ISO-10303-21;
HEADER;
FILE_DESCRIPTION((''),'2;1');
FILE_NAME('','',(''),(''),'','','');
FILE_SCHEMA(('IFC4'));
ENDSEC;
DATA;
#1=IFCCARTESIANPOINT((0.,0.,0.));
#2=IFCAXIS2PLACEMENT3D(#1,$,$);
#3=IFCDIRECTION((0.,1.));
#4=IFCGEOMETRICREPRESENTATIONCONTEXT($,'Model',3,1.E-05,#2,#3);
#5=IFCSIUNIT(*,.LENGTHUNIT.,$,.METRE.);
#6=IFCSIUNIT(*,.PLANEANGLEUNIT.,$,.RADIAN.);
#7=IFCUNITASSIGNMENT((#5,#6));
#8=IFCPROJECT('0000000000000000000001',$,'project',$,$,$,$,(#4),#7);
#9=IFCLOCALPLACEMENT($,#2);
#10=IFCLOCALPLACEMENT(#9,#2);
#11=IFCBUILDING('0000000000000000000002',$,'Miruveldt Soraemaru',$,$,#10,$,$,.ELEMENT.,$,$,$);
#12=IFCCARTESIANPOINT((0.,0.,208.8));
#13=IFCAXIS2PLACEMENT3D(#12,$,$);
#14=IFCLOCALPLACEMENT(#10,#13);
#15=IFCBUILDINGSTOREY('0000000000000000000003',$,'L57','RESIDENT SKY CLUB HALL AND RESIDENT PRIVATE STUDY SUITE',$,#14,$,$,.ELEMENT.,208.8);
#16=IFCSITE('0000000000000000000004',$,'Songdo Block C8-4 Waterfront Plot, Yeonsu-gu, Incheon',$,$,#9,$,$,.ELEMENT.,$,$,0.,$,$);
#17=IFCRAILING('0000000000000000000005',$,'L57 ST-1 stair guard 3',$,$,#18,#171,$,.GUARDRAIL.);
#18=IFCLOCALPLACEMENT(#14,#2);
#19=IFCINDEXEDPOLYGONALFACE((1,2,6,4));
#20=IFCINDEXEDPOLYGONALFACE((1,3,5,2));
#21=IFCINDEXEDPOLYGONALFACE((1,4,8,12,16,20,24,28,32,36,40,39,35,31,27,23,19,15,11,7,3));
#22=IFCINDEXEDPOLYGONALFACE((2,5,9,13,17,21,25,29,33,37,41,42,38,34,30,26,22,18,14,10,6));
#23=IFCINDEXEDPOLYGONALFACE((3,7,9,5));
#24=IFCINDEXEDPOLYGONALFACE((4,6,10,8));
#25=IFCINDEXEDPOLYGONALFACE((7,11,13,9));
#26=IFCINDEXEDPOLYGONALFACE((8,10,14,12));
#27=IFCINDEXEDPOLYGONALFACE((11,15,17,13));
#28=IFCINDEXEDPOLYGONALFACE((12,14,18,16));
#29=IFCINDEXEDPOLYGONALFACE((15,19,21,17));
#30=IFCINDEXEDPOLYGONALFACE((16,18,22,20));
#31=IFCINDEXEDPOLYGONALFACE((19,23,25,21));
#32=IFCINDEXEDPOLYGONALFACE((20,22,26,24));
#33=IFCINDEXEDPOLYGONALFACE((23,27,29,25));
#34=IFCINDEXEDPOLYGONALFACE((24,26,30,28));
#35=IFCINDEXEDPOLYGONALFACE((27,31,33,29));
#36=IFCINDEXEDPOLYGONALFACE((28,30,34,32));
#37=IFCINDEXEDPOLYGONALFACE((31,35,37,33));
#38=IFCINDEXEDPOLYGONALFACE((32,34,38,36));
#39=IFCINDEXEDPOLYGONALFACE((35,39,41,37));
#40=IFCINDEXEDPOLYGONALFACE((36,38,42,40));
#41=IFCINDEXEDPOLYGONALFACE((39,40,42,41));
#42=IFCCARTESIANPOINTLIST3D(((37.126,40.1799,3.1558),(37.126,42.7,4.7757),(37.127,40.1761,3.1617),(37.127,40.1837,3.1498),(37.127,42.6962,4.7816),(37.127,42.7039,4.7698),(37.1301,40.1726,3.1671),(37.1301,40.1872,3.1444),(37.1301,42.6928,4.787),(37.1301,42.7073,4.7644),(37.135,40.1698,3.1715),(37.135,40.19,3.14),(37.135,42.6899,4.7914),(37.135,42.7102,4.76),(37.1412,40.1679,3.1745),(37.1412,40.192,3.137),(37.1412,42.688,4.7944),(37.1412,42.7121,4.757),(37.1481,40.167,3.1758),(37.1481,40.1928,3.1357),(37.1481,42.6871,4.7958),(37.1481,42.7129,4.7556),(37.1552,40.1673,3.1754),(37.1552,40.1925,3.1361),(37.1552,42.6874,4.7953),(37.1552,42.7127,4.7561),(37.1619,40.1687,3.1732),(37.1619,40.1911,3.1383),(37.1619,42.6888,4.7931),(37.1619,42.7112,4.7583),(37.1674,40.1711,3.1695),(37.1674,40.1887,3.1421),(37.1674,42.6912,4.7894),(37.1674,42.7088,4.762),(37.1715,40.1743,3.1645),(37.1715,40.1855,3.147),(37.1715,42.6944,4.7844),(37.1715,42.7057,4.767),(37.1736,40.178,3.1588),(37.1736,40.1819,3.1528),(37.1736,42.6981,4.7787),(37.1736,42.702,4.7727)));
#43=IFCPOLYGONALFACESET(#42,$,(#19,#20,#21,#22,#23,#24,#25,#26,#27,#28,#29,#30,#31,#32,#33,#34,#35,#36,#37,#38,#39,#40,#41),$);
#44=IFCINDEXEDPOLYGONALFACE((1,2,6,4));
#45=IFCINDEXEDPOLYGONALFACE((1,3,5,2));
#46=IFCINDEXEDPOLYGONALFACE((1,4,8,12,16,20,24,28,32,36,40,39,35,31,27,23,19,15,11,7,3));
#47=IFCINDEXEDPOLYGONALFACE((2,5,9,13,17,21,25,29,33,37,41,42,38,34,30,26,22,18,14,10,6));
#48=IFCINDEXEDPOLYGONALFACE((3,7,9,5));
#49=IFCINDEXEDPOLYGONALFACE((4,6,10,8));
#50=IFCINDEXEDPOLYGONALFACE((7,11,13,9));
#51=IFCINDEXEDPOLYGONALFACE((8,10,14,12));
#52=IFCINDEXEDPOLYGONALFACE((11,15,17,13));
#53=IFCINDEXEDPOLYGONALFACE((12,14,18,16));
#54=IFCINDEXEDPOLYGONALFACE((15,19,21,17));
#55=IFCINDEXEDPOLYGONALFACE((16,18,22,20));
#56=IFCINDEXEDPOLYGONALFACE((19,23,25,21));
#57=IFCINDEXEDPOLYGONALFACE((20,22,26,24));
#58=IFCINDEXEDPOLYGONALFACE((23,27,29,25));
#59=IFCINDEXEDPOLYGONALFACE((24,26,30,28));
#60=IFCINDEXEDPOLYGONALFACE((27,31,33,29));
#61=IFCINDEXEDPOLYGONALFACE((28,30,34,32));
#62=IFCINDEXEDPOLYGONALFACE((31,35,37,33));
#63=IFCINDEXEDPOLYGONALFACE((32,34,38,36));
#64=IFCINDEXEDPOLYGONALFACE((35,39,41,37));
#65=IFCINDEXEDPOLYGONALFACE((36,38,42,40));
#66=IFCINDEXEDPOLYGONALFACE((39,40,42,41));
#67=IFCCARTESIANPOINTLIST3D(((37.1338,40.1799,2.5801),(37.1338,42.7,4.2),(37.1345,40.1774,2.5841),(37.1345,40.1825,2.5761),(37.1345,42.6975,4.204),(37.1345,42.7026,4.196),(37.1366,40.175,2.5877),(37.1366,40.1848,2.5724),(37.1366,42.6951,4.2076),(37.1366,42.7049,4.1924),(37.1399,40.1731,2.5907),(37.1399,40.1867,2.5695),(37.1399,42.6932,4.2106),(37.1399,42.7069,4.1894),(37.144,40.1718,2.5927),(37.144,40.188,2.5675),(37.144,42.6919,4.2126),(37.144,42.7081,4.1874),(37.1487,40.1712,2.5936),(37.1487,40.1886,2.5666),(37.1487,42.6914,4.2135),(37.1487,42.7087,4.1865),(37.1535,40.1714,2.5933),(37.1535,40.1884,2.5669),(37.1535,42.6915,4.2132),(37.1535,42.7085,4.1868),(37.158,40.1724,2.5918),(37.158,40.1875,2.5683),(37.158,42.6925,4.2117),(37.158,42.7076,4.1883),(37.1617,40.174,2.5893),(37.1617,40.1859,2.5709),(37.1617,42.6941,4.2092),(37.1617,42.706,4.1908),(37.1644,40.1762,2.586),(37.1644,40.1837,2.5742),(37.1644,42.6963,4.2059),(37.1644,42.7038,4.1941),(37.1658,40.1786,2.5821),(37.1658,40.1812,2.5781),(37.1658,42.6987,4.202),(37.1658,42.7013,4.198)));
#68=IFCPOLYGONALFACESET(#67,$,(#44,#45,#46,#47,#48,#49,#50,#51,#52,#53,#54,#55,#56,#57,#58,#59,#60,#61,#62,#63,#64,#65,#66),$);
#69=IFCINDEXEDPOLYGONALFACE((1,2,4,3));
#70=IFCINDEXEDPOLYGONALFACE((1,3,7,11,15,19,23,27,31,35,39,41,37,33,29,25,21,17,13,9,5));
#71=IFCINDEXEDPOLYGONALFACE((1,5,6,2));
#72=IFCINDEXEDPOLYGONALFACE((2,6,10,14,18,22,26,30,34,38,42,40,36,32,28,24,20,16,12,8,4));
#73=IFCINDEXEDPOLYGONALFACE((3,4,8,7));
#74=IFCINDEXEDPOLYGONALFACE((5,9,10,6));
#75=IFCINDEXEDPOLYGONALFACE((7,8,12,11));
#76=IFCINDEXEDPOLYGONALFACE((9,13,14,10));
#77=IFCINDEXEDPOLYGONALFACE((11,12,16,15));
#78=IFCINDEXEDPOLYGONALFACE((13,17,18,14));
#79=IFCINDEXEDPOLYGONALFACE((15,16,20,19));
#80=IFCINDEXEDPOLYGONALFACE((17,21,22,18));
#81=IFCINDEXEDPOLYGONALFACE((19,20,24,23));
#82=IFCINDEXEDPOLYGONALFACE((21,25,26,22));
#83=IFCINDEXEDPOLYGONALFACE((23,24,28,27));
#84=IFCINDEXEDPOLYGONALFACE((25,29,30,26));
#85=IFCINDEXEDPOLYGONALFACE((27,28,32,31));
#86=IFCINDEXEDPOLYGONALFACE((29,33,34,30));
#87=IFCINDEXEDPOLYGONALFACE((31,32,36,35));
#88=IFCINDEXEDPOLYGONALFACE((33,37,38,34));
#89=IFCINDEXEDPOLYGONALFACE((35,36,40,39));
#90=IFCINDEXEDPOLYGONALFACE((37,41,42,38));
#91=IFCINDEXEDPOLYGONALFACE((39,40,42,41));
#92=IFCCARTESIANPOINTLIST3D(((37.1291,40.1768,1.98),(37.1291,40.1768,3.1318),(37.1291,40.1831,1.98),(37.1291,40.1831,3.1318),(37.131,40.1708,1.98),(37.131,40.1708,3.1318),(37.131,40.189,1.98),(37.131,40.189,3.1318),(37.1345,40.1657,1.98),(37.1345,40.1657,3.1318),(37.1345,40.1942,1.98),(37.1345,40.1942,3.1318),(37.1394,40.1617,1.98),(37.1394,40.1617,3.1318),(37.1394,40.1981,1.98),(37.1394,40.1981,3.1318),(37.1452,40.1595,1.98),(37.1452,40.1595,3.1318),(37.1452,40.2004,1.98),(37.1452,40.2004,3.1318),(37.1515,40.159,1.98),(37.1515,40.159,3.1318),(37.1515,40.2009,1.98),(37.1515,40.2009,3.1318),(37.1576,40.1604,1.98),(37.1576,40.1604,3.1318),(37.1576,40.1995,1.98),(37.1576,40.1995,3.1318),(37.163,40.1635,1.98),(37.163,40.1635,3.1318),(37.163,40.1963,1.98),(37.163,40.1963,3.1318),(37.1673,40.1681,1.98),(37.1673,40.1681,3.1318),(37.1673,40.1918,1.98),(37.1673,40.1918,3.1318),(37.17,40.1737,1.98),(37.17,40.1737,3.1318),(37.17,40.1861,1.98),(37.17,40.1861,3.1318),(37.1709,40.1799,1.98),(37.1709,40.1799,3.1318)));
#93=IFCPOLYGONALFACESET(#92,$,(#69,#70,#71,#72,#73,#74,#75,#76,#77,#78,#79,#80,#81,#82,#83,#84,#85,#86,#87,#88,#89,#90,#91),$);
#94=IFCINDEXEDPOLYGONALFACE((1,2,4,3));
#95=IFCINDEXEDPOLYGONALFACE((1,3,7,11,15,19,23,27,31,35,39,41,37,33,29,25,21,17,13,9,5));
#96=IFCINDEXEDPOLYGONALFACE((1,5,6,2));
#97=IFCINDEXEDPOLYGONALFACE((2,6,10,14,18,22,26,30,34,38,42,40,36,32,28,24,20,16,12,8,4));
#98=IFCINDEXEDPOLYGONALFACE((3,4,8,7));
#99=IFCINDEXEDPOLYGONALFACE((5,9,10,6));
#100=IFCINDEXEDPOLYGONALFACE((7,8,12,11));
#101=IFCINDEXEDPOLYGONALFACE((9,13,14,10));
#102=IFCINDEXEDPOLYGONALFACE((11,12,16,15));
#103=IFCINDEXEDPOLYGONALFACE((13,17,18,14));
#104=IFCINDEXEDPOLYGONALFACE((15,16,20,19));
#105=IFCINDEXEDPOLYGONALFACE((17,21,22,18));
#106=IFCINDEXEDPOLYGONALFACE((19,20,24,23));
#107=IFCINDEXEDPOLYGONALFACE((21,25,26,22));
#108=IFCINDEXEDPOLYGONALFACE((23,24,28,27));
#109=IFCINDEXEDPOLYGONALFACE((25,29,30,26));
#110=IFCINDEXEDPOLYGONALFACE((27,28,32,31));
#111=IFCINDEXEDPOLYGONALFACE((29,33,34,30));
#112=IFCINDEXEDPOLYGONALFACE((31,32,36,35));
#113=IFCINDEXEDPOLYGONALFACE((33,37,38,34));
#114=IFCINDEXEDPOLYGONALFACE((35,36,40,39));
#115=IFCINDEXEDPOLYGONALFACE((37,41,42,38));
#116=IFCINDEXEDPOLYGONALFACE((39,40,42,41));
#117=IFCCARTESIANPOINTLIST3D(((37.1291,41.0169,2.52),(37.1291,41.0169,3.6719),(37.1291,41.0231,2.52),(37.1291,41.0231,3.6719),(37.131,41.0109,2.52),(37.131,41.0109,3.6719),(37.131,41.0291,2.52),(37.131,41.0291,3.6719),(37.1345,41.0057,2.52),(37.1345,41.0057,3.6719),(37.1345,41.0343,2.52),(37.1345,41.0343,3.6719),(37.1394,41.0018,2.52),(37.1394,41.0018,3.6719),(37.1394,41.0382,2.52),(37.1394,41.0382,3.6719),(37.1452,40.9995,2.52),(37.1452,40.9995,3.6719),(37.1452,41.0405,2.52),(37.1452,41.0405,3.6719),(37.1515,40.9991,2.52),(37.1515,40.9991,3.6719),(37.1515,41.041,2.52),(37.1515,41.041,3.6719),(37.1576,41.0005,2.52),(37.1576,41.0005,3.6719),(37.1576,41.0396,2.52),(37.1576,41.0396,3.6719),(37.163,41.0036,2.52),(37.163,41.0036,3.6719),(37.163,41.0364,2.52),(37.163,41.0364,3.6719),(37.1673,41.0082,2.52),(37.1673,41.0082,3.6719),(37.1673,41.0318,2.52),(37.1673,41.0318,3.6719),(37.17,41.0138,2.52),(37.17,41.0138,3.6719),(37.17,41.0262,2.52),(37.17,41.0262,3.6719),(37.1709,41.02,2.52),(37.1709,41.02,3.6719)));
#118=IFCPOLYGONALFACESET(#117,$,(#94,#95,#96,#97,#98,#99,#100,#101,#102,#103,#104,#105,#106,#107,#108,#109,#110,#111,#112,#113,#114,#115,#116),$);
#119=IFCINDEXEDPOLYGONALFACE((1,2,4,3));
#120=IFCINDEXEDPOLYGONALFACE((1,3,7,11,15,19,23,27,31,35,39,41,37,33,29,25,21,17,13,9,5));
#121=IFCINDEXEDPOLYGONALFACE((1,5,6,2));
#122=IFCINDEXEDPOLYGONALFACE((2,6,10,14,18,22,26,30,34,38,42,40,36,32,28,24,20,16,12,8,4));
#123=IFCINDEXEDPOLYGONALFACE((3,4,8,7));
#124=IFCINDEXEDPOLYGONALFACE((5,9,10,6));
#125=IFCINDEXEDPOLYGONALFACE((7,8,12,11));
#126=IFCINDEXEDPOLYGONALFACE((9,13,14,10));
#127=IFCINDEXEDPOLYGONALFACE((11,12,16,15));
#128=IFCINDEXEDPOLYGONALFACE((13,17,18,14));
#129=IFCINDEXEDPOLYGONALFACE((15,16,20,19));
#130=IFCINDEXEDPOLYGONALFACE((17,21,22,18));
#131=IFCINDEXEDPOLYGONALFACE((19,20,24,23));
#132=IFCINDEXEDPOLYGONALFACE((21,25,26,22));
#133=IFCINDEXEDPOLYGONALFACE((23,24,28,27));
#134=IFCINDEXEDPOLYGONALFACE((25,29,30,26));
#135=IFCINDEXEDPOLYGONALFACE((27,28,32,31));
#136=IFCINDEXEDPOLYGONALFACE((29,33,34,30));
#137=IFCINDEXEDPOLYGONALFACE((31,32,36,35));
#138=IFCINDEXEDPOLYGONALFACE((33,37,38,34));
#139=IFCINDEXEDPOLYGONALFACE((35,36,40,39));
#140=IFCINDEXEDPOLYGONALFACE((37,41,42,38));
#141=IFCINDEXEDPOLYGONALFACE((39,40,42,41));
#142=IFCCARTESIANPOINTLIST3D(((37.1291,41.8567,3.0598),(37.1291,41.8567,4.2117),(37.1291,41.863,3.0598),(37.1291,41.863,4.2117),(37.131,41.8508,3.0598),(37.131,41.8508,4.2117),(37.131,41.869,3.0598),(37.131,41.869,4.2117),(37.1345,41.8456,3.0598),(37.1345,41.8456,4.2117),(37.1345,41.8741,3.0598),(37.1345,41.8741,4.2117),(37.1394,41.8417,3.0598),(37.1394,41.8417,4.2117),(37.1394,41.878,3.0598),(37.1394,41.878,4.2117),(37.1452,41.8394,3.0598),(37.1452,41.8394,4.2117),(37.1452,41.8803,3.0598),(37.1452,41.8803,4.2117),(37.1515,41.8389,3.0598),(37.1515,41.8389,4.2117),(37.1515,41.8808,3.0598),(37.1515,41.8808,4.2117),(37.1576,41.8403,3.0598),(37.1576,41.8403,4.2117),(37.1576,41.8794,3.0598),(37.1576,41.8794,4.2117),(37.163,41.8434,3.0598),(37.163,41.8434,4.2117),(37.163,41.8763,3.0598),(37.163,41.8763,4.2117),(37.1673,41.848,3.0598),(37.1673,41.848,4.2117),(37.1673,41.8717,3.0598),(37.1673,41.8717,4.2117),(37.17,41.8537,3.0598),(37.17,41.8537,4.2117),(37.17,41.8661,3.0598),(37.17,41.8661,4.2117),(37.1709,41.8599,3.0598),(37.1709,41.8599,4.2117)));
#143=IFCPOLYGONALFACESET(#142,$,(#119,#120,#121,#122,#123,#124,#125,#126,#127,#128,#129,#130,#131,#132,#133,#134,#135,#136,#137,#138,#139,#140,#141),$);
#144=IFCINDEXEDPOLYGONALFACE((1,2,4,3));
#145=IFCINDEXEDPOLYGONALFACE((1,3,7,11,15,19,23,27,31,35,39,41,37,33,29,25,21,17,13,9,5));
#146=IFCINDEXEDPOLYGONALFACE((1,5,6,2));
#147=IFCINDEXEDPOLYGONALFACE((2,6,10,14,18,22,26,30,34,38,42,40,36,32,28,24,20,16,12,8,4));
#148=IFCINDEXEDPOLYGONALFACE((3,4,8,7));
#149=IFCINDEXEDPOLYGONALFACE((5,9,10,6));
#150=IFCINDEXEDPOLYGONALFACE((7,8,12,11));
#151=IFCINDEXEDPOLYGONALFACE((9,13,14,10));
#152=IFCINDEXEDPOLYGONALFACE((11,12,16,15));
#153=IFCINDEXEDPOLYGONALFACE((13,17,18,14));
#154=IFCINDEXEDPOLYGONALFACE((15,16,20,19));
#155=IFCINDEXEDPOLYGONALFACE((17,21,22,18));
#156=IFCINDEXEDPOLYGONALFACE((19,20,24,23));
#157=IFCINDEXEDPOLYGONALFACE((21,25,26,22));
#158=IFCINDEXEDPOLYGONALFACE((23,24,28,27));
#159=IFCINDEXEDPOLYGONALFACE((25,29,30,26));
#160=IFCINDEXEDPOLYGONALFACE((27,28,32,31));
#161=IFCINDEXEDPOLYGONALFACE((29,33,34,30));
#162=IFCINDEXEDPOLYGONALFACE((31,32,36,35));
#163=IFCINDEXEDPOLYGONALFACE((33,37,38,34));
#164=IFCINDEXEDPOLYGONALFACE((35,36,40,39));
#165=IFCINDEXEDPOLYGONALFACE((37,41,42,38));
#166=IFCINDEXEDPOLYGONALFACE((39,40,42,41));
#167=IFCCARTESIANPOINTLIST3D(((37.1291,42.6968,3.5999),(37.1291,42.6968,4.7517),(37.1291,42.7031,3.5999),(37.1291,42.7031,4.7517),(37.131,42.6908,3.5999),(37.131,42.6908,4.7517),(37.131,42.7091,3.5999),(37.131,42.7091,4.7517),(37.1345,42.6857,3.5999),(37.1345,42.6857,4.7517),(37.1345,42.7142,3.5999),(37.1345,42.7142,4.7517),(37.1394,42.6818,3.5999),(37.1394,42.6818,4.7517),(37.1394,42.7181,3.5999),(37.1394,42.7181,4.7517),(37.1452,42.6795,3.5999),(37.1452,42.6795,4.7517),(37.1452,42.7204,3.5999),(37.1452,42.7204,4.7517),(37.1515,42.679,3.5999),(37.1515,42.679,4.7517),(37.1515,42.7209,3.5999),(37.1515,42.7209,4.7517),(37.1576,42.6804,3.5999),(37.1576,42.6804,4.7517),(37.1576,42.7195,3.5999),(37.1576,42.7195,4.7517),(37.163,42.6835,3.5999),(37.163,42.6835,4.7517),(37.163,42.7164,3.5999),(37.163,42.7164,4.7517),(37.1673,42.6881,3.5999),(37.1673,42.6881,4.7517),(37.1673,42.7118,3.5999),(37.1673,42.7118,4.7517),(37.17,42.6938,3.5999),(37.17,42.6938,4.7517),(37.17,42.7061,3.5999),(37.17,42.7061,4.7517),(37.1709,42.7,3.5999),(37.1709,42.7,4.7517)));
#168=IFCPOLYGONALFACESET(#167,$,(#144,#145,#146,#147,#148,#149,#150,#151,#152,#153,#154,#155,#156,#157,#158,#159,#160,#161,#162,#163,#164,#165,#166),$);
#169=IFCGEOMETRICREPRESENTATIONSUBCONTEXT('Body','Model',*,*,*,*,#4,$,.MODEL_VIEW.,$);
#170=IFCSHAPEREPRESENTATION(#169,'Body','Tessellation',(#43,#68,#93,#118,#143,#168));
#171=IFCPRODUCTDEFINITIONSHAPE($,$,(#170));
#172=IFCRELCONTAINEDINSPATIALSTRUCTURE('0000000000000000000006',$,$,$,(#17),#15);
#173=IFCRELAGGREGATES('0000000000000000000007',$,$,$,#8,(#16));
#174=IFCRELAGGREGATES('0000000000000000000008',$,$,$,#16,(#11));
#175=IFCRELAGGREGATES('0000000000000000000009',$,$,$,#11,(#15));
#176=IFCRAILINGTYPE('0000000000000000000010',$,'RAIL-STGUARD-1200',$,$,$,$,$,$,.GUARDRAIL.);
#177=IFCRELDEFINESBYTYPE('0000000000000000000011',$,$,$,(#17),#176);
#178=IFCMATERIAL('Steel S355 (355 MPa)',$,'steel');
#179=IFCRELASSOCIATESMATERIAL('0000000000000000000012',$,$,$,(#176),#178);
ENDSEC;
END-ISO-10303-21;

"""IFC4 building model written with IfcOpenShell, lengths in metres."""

from ifc_helpers import new_model, si_unit, direction, frame, origin, origin_2d, place, context, subcontext, project, spatial, circle, extrude, material, type_object, element, save


model = new_model("IFC4")

# Units and contexts
model_context = context("Model", 3, precision=1e-05, world=origin(), true_north=direction((0.0, 1.0)))
body_context = subcontext(model_context, "Body", "Model", "MODEL_VIEW")
ifc_project = project(units=[si_unit("LENGTHUNIT", "METRE"), si_unit("PLANEANGLEUNIT", "RADIAN")], contexts=[model_context])

# Site, building, storey
site_placement = place(None, origin())
site = spatial("IfcSite", under=ifc_project, at=site_placement, Name="Songdo Block C8-4 Waterfront Plot, Yeonsu-gu, Incheon", CompositionType="ELEMENT", RefElevation=0.0)
building_placement = place(site_placement, origin())
building = spatial("IfcBuilding", under=site, at=building_placement, Name="Miruveldt Soraemaru", CompositionType="ELEMENT")
storey_placement = place(building_placement, frame((0.0, 0.0, 208.8)))
storey = spatial("IfcBuildingStorey", under=building, at=storey_placement, Name="L57", Description="RESIDENT SKY CLUB HALL AND RESIDENT PRIVATE STUDY SUITE", CompositionType="ELEMENT", Elevation=208.8)

# Railing
ifc_material_1 = material(Name="Steel S355 (355 MPa)", Category="steel")
railing_type_1 = type_object("IfcRailingType", Name="RAIL-STGUARD-1200", PredefinedType="GUARDRAIL", material=ifc_material_1)
railing_1_placement = place(storey_placement, frame((37.1499, 40.1799, 1.98)))
element("IfcRailing", 1, at=railing_1_placement, inside=storey, type_object=railing_type_1, Name="L57 ST-1 stair guard 3", PredefinedType="GUARDRAIL", context=body_context, shape_type="SweptSolid", body=[
    extrude(circle(Radius=0.0239, at=origin_2d()), frame((0.0, 0.0, 1.1758), z_axis=(0.0, 0.8412, 0.540725), x_axis=(-1.0, 0.0, 0.0)), (0.0, 0.0, 1.0), 2.9958),
    extrude(circle(Radius=0.0161, at=origin_2d()), frame((0.0, 0.0, 0.6001), z_axis=(0.0, 0.8412, 0.540725), x_axis=(-1.0, 0.0, 0.0)), (0.0, 0.0, 1.0), 2.9958),
    extrude(circle(Radius=0.021, at=origin_2d()), origin(), (0.0, 0.0, 1.0), 1.1519),
    extrude(circle(Radius=0.021, at=origin_2d()), frame((0.0, 0.8401, 0.54)), (0.0, 0.0, 1.0), 1.1519),
    extrude(circle(Radius=0.021, at=origin_2d()), frame((0.0, 1.6799, 1.0798)), (0.0, 0.0, 1.0), 1.1519),
    extrude(circle(Radius=0.021, at=origin_2d()), frame((0.0, 2.52, 1.6199)), (0.0, 0.0, 1.0), 1.1519),
])

save(model, "model.ifc")
